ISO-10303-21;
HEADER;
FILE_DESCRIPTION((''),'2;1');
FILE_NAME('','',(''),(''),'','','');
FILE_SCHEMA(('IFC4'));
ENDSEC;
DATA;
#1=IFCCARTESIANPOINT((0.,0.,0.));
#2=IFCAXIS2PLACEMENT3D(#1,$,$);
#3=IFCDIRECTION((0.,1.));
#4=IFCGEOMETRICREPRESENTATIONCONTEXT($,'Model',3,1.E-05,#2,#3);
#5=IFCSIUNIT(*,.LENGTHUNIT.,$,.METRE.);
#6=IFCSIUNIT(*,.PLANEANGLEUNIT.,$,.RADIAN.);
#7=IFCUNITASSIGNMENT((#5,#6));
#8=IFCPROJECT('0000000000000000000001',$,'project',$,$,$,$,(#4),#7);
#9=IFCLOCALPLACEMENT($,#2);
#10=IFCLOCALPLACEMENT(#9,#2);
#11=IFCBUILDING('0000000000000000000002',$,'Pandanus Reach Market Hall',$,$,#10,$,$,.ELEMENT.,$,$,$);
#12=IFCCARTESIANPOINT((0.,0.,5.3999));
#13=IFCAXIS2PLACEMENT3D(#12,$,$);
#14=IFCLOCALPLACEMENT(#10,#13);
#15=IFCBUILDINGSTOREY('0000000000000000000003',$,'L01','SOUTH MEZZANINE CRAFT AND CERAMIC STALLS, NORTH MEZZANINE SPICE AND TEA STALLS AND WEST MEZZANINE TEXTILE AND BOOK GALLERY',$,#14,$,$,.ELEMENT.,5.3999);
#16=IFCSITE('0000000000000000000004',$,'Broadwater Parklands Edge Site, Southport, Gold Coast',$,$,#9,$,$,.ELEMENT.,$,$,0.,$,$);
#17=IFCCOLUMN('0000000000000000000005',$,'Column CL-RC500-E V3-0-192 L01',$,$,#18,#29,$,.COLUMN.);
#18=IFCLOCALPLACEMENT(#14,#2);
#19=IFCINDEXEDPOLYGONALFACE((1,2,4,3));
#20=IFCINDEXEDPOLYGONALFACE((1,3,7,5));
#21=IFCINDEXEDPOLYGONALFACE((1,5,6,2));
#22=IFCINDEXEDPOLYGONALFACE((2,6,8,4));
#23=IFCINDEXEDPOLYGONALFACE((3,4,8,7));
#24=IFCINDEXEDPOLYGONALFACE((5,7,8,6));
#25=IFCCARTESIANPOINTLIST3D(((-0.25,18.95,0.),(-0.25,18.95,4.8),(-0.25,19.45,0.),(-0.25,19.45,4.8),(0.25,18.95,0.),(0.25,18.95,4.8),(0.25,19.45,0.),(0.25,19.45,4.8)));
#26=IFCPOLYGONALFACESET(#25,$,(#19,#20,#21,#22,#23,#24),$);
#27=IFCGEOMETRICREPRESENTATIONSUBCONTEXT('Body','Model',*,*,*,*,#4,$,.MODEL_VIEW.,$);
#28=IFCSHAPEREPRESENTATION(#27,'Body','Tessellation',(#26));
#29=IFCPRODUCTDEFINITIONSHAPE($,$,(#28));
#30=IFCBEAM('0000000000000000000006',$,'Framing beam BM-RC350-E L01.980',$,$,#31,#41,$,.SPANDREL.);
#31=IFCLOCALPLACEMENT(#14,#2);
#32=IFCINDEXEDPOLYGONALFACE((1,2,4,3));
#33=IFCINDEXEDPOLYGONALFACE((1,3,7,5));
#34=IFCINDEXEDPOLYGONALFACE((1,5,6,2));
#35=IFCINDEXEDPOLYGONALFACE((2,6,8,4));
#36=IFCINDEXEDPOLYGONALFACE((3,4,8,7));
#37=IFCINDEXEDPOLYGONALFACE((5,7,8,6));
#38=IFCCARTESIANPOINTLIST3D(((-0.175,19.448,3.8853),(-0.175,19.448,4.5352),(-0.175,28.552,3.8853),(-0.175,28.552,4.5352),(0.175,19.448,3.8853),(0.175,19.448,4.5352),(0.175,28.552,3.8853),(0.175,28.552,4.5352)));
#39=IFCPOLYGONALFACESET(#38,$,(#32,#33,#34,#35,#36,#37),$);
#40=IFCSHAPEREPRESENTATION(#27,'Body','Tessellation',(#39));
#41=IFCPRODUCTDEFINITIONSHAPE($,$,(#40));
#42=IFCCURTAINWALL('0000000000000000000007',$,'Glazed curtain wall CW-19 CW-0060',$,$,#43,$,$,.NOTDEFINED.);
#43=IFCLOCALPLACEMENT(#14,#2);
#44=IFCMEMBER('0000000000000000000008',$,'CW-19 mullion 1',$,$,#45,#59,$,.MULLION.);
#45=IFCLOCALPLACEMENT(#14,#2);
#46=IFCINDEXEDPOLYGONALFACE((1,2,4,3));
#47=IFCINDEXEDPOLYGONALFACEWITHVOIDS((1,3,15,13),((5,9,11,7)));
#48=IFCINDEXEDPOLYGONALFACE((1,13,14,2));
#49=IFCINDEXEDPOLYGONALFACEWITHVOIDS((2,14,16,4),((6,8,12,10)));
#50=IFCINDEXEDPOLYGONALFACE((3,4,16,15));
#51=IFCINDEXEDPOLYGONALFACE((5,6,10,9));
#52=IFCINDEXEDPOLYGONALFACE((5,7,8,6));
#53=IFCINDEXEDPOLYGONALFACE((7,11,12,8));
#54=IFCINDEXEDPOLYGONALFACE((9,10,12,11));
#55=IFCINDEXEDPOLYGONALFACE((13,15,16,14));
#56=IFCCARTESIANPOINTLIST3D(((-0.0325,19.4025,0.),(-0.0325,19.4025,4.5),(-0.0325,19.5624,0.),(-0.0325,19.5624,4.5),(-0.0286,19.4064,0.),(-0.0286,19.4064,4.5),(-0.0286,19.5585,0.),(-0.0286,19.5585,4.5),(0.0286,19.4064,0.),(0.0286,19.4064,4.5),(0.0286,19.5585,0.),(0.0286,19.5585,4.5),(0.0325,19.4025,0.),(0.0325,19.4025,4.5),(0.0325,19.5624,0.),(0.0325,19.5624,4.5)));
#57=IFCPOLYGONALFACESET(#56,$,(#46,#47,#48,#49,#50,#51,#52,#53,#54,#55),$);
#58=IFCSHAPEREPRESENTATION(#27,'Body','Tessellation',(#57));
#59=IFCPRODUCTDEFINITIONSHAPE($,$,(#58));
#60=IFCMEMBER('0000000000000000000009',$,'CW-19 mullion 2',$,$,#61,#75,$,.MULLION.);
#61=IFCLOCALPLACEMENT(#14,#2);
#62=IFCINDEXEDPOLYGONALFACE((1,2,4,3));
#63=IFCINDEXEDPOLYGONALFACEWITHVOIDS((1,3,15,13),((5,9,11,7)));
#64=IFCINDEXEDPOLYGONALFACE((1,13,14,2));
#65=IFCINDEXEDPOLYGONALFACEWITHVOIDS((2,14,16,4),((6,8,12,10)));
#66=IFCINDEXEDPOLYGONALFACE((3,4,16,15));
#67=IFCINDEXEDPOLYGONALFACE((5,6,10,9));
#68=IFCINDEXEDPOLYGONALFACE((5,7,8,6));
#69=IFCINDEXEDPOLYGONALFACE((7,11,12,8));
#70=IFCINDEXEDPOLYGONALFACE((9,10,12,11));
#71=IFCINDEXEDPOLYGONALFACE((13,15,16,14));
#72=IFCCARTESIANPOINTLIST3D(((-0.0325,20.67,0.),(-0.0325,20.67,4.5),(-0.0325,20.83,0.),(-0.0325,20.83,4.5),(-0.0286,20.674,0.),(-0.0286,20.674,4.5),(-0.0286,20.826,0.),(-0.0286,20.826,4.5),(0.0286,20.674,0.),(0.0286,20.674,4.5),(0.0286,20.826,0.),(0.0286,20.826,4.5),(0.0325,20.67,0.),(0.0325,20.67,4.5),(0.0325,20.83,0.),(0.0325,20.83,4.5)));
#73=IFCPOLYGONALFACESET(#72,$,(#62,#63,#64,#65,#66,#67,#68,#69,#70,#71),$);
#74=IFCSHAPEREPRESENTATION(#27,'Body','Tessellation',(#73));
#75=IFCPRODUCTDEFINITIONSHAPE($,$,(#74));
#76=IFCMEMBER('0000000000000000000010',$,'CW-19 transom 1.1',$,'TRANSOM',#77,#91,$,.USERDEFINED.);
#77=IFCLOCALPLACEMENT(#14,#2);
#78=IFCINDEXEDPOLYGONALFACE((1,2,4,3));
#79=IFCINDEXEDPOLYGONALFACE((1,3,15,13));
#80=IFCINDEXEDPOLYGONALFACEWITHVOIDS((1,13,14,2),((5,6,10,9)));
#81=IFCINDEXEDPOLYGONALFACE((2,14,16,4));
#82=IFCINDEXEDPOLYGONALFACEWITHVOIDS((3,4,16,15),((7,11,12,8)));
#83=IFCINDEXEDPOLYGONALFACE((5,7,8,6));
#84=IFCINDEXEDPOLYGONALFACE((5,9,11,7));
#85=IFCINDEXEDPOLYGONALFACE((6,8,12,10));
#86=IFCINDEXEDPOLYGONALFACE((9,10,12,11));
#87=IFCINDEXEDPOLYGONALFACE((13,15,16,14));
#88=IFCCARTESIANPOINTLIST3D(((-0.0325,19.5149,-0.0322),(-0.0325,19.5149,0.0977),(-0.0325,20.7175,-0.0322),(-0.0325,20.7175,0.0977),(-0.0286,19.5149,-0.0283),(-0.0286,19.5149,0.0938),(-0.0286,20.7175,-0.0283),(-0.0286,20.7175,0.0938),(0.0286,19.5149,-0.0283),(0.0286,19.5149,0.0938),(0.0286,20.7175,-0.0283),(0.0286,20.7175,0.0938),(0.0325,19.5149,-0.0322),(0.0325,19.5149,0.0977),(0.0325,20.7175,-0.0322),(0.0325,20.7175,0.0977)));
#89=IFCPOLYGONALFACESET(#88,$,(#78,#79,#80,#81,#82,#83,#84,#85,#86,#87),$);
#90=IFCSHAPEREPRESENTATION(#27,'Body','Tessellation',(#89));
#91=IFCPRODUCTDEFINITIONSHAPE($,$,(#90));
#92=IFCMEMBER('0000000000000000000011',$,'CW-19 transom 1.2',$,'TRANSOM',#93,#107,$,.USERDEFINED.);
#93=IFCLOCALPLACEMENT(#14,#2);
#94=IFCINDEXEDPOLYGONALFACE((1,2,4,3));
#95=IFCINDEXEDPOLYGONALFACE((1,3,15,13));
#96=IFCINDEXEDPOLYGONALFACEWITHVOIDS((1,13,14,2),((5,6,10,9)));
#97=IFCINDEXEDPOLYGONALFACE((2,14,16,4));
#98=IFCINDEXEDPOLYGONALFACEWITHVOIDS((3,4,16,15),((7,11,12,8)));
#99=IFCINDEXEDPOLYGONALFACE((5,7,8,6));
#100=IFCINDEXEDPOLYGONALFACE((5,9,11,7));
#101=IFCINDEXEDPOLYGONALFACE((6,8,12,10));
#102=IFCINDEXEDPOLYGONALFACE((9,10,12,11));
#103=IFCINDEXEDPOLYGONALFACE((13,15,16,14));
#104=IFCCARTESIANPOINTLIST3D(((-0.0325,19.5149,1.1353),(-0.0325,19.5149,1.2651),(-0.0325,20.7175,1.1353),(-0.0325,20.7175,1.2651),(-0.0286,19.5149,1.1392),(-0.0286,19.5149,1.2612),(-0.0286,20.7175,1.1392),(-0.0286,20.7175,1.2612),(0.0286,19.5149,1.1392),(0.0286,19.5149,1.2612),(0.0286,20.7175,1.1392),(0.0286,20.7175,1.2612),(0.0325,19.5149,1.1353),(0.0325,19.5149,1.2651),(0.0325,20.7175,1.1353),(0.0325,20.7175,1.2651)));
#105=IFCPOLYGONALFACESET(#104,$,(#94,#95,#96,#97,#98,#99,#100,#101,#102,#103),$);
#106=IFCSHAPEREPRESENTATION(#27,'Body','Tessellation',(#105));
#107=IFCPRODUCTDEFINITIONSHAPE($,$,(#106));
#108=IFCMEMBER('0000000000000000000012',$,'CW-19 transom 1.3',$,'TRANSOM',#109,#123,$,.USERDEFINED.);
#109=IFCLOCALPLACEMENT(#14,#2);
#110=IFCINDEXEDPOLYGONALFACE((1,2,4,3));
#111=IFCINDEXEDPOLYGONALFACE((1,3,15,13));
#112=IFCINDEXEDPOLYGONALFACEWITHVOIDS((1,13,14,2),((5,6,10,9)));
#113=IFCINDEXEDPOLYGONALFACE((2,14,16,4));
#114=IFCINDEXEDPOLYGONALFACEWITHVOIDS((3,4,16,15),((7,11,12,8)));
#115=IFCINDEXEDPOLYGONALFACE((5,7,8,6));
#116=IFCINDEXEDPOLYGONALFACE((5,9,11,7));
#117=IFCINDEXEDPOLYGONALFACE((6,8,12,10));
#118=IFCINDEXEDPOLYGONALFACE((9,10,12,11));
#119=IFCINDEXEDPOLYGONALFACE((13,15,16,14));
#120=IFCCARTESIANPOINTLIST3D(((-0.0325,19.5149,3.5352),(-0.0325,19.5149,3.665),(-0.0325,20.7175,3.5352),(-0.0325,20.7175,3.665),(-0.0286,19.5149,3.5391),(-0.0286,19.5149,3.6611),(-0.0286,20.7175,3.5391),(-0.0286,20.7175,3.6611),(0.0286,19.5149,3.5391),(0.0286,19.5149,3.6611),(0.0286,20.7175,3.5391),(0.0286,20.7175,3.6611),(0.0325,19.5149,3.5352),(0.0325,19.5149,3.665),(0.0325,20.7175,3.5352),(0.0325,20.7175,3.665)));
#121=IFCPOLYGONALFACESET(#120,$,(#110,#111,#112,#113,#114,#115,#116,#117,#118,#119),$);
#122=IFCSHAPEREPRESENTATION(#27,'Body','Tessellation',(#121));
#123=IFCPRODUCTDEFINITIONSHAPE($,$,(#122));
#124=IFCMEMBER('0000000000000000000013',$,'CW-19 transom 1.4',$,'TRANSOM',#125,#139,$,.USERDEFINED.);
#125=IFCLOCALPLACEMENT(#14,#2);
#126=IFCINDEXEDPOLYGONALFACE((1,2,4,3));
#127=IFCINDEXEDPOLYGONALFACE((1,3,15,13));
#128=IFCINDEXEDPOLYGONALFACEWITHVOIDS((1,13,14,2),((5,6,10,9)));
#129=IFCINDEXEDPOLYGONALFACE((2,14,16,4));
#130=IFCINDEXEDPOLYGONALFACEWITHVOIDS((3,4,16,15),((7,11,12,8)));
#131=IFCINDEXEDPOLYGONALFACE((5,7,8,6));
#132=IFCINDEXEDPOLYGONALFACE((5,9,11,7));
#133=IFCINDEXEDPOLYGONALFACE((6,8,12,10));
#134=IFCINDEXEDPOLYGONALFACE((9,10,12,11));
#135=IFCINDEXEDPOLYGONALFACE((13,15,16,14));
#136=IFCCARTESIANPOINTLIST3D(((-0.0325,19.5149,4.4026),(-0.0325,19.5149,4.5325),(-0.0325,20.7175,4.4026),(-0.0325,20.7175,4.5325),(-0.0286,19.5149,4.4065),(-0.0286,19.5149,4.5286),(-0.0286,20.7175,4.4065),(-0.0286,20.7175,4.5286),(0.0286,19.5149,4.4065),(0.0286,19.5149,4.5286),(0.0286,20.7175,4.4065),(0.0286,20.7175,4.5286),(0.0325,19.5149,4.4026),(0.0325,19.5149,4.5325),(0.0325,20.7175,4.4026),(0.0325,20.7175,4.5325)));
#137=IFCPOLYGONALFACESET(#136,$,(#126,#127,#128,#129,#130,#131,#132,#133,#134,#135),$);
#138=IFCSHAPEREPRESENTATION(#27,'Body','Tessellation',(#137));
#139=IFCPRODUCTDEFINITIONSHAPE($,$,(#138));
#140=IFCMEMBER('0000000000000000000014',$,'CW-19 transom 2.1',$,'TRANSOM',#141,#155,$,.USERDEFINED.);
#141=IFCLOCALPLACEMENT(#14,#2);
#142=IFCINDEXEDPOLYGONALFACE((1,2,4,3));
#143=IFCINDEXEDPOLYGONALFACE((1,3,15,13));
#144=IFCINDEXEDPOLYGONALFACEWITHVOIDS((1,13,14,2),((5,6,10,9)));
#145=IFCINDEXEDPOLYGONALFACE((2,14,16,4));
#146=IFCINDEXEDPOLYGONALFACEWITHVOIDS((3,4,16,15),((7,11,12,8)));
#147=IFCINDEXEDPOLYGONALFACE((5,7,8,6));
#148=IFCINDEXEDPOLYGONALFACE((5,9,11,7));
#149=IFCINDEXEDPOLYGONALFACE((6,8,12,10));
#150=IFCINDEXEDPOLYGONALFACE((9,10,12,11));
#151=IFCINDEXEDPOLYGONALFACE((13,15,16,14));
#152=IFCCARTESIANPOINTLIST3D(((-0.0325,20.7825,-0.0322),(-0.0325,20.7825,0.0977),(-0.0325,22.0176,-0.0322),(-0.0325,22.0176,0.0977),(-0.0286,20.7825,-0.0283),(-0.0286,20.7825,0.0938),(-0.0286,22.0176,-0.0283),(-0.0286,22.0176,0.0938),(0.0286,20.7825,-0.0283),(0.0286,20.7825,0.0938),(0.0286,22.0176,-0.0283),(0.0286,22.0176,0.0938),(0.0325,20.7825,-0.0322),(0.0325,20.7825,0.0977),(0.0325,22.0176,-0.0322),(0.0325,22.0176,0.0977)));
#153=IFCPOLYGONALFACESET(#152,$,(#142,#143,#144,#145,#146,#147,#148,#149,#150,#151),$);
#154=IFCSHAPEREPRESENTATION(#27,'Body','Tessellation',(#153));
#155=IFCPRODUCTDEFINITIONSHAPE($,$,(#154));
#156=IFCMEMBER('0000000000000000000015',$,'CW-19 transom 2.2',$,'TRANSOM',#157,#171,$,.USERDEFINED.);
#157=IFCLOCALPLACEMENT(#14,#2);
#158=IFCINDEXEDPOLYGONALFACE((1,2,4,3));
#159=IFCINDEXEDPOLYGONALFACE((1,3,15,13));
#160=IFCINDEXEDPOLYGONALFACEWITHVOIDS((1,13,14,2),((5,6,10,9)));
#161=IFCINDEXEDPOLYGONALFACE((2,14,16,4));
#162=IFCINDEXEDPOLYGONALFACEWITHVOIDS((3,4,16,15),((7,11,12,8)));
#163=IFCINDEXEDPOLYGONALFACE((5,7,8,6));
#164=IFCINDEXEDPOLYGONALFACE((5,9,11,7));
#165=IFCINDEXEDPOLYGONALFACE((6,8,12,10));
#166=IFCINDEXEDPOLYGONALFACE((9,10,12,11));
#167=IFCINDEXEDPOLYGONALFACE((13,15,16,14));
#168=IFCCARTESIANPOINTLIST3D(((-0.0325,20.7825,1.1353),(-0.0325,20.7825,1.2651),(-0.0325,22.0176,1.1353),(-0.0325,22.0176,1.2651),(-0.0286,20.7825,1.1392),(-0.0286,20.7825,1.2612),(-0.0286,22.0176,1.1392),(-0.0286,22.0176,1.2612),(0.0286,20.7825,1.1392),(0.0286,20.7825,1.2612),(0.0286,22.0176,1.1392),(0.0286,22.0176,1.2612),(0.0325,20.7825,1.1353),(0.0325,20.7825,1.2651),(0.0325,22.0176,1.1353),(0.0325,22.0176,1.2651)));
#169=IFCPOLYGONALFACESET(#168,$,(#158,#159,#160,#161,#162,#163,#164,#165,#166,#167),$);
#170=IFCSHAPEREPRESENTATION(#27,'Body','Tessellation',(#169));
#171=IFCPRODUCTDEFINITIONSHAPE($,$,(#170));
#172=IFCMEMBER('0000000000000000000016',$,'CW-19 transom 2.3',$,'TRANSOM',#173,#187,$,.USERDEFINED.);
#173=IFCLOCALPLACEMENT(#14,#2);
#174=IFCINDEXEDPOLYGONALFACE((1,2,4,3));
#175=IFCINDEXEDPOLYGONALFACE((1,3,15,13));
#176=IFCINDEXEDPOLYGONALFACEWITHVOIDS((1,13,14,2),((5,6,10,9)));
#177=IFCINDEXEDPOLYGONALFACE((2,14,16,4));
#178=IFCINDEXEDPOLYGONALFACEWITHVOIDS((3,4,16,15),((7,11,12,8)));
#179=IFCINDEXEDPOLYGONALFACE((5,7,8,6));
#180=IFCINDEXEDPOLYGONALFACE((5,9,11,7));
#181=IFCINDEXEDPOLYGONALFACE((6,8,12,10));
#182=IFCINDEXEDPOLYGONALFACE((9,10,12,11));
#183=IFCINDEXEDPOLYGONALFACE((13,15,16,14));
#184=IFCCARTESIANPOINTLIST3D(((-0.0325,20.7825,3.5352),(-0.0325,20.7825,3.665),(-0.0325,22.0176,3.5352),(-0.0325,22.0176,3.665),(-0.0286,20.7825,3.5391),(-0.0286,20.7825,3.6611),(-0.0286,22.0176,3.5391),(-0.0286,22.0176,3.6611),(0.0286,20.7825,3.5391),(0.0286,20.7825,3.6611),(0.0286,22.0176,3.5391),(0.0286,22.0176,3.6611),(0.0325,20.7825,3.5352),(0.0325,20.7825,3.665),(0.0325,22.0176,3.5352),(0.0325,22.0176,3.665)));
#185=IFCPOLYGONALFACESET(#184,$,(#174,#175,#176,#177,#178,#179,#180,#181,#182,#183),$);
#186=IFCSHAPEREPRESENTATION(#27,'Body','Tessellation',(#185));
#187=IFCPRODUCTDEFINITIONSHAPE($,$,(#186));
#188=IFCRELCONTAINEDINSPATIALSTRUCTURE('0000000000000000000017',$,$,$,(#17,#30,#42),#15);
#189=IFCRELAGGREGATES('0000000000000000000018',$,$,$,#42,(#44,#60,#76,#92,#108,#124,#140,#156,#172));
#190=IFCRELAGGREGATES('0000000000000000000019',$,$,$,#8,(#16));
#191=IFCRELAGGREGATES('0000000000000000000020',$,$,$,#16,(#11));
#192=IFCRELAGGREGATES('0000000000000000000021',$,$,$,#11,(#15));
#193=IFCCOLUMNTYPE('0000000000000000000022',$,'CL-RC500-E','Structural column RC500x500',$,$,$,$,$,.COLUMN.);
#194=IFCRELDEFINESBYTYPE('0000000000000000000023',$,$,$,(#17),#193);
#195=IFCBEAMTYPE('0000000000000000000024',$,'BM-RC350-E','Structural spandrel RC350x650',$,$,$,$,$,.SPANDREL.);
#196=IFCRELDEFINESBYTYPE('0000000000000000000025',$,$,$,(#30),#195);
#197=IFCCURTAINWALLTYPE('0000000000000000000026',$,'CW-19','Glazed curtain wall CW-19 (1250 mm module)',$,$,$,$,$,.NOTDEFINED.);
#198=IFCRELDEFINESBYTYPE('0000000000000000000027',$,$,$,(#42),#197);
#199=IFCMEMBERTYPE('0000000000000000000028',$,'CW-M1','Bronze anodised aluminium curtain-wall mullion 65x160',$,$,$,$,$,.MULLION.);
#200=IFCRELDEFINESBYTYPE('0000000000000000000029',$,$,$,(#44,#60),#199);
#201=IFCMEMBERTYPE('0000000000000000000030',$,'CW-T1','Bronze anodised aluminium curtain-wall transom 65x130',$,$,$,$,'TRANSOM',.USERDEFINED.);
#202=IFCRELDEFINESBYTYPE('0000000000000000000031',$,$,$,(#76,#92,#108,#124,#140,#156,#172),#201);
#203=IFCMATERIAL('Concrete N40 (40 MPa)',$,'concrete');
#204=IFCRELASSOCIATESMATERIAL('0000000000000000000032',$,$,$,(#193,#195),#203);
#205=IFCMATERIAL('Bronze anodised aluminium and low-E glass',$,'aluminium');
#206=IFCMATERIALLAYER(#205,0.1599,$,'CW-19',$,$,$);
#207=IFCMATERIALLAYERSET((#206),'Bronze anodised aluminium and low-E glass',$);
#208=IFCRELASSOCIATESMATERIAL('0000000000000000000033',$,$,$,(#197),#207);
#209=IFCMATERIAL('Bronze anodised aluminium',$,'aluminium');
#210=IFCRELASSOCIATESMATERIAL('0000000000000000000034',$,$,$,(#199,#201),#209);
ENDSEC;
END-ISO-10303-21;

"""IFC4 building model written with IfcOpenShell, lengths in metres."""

from ifc_helpers import new_model, si_unit, direction, frame, origin, origin_2d, place, context, subcontext, project, spatial, rectangle, hollow_rectangle, extrude, material, layer, layer_set, material_profile, profile_set, type_object, element, aggregate, save


model = new_model("IFC4")

# Units and contexts
model_context = context("Model", 3, precision=1e-05, world=origin(), true_north=direction((0.0, 1.0)))
body_context = subcontext(model_context, "Body", "Model", "MODEL_VIEW")
ifc_project = project(units=[si_unit("LENGTHUNIT", "METRE"), si_unit("PLANEANGLEUNIT", "RADIAN")], contexts=[model_context])

# Site, building, storey
site_placement = place(None, origin())
site = spatial("IfcSite", under=ifc_project, at=site_placement, Name="Broadwater Parklands Edge Site, Southport, Gold Coast", CompositionType="ELEMENT", RefElevation=0.0)
building_placement = place(site_placement, origin())
building = spatial("IfcBuilding", under=site, at=building_placement, Name="Pandanus Reach Market Hall", CompositionType="ELEMENT")
storey_placement = place(building_placement, frame((0.0, 0.0, 5.3999)))
storey = spatial("IfcBuildingStorey", under=building, at=storey_placement, Name="L01", Description="SOUTH MEZZANINE CRAFT AND CERAMIC STALLS, NORTH MEZZANINE SPICE AND TEA STALLS AND WEST MEZZANINE TEXTILE AND BOOK GALLERY", CompositionType="ELEMENT", Elevation=5.3999)

# Column
ifc_material_1 = material(Name="Concrete N40 (40 MPa)", Category="concrete")
ifc_material_profile_1 = material_profile(ifc_material_1, rectangle(XDim=0.5, YDim=0.5, at=origin_2d()), Name="RC500x500", Category="LoadBearing")
ifc_profile_set_1 = profile_set([ifc_material_profile_1], Name="Concrete N40 (40 MPa)")
column_type = type_object("IfcColumnType", Name="CL-RC500-E", Description="Structural column RC500x500", PredefinedType="COLUMN", material=ifc_profile_set_1)
column_placement = place(storey_placement, frame((0.0, 19.2, 0.0), z_axis=(0.0, 0.0, 1.0), x_axis=(1.0, 0.0, 0.0)))
element("IfcColumn", 1, at=column_placement, inside=storey, type_object=column_type, Name="Column CL-RC500-E V3-0-192 L01", PredefinedType="COLUMN", context=body_context, shape_type="SweptSolid", body=[
    extrude(rectangle(XDim=0.5, YDim=0.5, at=origin_2d()), origin(), (0.0, 0.0, 1.0), 4.8),
])

# Beam
ifc_material_profile_2 = material_profile(ifc_material_1, rectangle(XDim=0.3501, YDim=0.6499, at=origin_2d()), Name="RC350x650", Category="LoadBearing")
ifc_profile_set_2 = profile_set([ifc_material_profile_2], Name="Concrete N40 (40 MPa)")
beam_type = type_object("IfcBeamType", Name="BM-RC350-E", Description="Structural spandrel RC350x650", PredefinedType="SPANDREL", material=ifc_profile_set_2)
beam_placement = place(storey_placement, frame((0.0, 19.448, 4.2102), z_axis=(0.0, 1.0, 0.0), x_axis=(-1.0, 0.0, 0.0)))
element("IfcBeam", 2, at=beam_placement, inside=storey, type_object=beam_type, Name="Framing beam BM-RC350-E L01.980", PredefinedType="SPANDREL", context=body_context, shape_type="SweptSolid", body=[
    extrude(rectangle(XDim=0.3501, YDim=0.6499, at=origin_2d()), origin(), (0.0, 0.0, 1.0), 9.104),
])

# Curtain wall, members
ifc_material_2 = material(Name="Bronze anodised aluminium and low-E glass", Category="aluminium")
ifc_layer_1 = layer(ifc_material_2, 0.1599, Name="CW-19")
ifc_layer_set_1 = layer_set([ifc_layer_1], Name="Bronze anodised aluminium and low-E glass")
curtain_wall_type = type_object("IfcCurtainWallType", Name="CW-19", Description="Glazed curtain wall CW-19 (1250 mm module)", PredefinedType="NOTDEFINED", material=ifc_layer_set_1)
curtain_wall_placement = place(storey_placement, origin())
curtain_wall = element("IfcCurtainWall", 3, at=curtain_wall_placement, inside=storey, type_object=curtain_wall_type, Name="Glazed curtain wall CW-19 CW-0060", PredefinedType="NOTDEFINED")
ifc_material_3 = material(Name="Bronze anodised aluminium", Category="aluminium")
ifc_material_profile_3 = material_profile(ifc_material_3, hollow_rectangle(XDim=0.0649, YDim=0.1599, WallThickness=0.0039, at=origin_2d()), Name="ALU65x160", Category="LoadBearing")
ifc_profile_set_3 = profile_set([ifc_material_profile_3], Name="Bronze anodised aluminium")
member_type_1 = type_object("IfcMemberType", Name="CW-M1", Description="Bronze anodised aluminium curtain-wall mullion 65x160", PredefinedType="MULLION", material=ifc_profile_set_3)
member_1_placement = place(storey_placement, frame((0.0, 19.4824, 0.0), z_axis=(0.0, 0.0, 1.0), x_axis=(-1.0, 0.0, 0.0)))
member_1 = element("IfcMember", 4, at=member_1_placement, type_object=member_type_1, Name="CW-19 mullion 1", PredefinedType="MULLION", context=body_context, shape_type="SweptSolid", body=[
    extrude(hollow_rectangle(XDim=0.0649, YDim=0.1599, WallThickness=0.0039, at=origin_2d()), origin(), (0.0, 0.0, 1.0), 4.5),
])
member_2_placement = place(storey_placement, frame((0.0, 20.75, 0.0), z_axis=(0.0, 0.0, 1.0), x_axis=(-1.0, 0.0, 0.0)))
member_2 = element("IfcMember", 5, at=member_2_placement, type_object=member_type_1, Name="CW-19 mullion 2", PredefinedType="MULLION", context=body_context, shape_type="SweptSolid", body=[
    extrude(hollow_rectangle(XDim=0.0649, YDim=0.1599, WallThickness=0.0039, at=origin_2d()), origin(), (0.0, 0.0, 1.0), 4.5),
])
ifc_material_profile_4 = material_profile(ifc_material_3, hollow_rectangle(XDim=0.0649, YDim=0.1299, WallThickness=0.0039, at=origin_2d()), Name="ALU65x130", Category="LoadBearing")
ifc_profile_set_4 = profile_set([ifc_material_profile_4], Name="Bronze anodised aluminium")
member_type_2 = type_object("IfcMemberType", Name="CW-T1", Description="Bronze anodised aluminium curtain-wall transom 65x130", ElementType="TRANSOM", PredefinedType="USERDEFINED", material=ifc_profile_set_4)
member_3_placement = place(storey_placement, frame((0.0, 19.5149, 0.0327), z_axis=(0.0, 1.0, 0.0), x_axis=(-1.0, 0.0, 0.0)))
member_3 = element("IfcMember", 6, at=member_3_placement, type_object=member_type_2, Name="CW-19 transom 1.1", ObjectType="TRANSOM", PredefinedType="USERDEFINED", context=body_context, shape_type="SweptSolid", body=[
    extrude(hollow_rectangle(XDim=0.0649, YDim=0.1299, WallThickness=0.0039, at=origin_2d()), origin(), (0.0, 0.0, 1.0), 1.2026),
])
member_4_placement = place(storey_placement, frame((0.0, 19.5149, 1.2002), z_axis=(0.0, 1.0, 0.0), x_axis=(-1.0, 0.0, 0.0)))
member_4 = element("IfcMember", 7, at=member_4_placement, type_object=member_type_2, Name="CW-19 transom 1.2", ObjectType="TRANSOM", PredefinedType="USERDEFINED", context=body_context, shape_type="SweptSolid", body=[
    extrude(hollow_rectangle(XDim=0.0649, YDim=0.1299, WallThickness=0.0039, at=origin_2d()), origin(), (0.0, 0.0, 1.0), 1.2026),
])
member_5_placement = place(storey_placement, frame((0.0, 19.5149, 3.6001), z_axis=(0.0, 1.0, 0.0), x_axis=(-1.0, 0.0, 0.0)))
member_5 = element("IfcMember", 8, at=member_5_placement, type_object=member_type_2, Name="CW-19 transom 1.3", ObjectType="TRANSOM", PredefinedType="USERDEFINED", context=body_context, shape_type="SweptSolid", body=[
    extrude(hollow_rectangle(XDim=0.0649, YDim=0.1299, WallThickness=0.0039, at=origin_2d()), origin(), (0.0, 0.0, 1.0), 1.2026),
])
member_6_placement = place(storey_placement, frame((0.0, 19.5149, 4.4675), z_axis=(0.0, 1.0, 0.0), x_axis=(-1.0, 0.0, 0.0)))
member_6 = element("IfcMember", 9, at=member_6_placement, type_object=member_type_2, Name="CW-19 transom 1.4", ObjectType="TRANSOM", PredefinedType="USERDEFINED", context=body_context, shape_type="SweptSolid", body=[
    extrude(hollow_rectangle(XDim=0.0649, YDim=0.1299, WallThickness=0.0039, at=origin_2d()), origin(), (0.0, 0.0, 1.0), 1.2026),
])
member_7_placement = place(storey_placement, frame((0.0, 20.7825, 0.0327), z_axis=(0.0, 1.0, 0.0), x_axis=(-1.0, 0.0, 0.0)))
member_7 = element("IfcMember", 10, at=member_7_placement, type_object=member_type_2, Name="CW-19 transom 2.1", ObjectType="TRANSOM", PredefinedType="USERDEFINED", context=body_context, shape_type="SweptSolid", body=[
    extrude(hollow_rectangle(XDim=0.0649, YDim=0.1299, WallThickness=0.0039, at=origin_2d()), origin(), (0.0, 0.0, 1.0), 1.2351),
])
member_8_placement = place(storey_placement, frame((0.0, 20.7825, 1.2002), z_axis=(0.0, 1.0, 0.0), x_axis=(-1.0, 0.0, 0.0)))
member_8 = element("IfcMember", 11, at=member_8_placement, type_object=member_type_2, Name="CW-19 transom 2.2", ObjectType="TRANSOM", PredefinedType="USERDEFINED", context=body_context, shape_type="SweptSolid", body=[
    extrude(hollow_rectangle(XDim=0.0649, YDim=0.1299, WallThickness=0.0039, at=origin_2d()), origin(), (0.0, 0.0, 1.0), 1.2351),
])
member_9_placement = place(storey_placement, frame((0.0, 20.7825, 3.6001), z_axis=(0.0, 1.0, 0.0), x_axis=(-1.0, 0.0, 0.0)))
member_9 = element("IfcMember", 12, at=member_9_placement, type_object=member_type_2, Name="CW-19 transom 2.3", ObjectType="TRANSOM", PredefinedType="USERDEFINED", context=body_context, shape_type="SweptSolid", body=[
    extrude(hollow_rectangle(XDim=0.0649, YDim=0.1299, WallThickness=0.0039, at=origin_2d()), origin(), (0.0, 0.0, 1.0), 1.2351),
])
aggregate(curtain_wall, [member_1, member_2, member_3, member_4, member_5, member_6, member_7, member_8, member_9])

save(model, "model.ifc")
